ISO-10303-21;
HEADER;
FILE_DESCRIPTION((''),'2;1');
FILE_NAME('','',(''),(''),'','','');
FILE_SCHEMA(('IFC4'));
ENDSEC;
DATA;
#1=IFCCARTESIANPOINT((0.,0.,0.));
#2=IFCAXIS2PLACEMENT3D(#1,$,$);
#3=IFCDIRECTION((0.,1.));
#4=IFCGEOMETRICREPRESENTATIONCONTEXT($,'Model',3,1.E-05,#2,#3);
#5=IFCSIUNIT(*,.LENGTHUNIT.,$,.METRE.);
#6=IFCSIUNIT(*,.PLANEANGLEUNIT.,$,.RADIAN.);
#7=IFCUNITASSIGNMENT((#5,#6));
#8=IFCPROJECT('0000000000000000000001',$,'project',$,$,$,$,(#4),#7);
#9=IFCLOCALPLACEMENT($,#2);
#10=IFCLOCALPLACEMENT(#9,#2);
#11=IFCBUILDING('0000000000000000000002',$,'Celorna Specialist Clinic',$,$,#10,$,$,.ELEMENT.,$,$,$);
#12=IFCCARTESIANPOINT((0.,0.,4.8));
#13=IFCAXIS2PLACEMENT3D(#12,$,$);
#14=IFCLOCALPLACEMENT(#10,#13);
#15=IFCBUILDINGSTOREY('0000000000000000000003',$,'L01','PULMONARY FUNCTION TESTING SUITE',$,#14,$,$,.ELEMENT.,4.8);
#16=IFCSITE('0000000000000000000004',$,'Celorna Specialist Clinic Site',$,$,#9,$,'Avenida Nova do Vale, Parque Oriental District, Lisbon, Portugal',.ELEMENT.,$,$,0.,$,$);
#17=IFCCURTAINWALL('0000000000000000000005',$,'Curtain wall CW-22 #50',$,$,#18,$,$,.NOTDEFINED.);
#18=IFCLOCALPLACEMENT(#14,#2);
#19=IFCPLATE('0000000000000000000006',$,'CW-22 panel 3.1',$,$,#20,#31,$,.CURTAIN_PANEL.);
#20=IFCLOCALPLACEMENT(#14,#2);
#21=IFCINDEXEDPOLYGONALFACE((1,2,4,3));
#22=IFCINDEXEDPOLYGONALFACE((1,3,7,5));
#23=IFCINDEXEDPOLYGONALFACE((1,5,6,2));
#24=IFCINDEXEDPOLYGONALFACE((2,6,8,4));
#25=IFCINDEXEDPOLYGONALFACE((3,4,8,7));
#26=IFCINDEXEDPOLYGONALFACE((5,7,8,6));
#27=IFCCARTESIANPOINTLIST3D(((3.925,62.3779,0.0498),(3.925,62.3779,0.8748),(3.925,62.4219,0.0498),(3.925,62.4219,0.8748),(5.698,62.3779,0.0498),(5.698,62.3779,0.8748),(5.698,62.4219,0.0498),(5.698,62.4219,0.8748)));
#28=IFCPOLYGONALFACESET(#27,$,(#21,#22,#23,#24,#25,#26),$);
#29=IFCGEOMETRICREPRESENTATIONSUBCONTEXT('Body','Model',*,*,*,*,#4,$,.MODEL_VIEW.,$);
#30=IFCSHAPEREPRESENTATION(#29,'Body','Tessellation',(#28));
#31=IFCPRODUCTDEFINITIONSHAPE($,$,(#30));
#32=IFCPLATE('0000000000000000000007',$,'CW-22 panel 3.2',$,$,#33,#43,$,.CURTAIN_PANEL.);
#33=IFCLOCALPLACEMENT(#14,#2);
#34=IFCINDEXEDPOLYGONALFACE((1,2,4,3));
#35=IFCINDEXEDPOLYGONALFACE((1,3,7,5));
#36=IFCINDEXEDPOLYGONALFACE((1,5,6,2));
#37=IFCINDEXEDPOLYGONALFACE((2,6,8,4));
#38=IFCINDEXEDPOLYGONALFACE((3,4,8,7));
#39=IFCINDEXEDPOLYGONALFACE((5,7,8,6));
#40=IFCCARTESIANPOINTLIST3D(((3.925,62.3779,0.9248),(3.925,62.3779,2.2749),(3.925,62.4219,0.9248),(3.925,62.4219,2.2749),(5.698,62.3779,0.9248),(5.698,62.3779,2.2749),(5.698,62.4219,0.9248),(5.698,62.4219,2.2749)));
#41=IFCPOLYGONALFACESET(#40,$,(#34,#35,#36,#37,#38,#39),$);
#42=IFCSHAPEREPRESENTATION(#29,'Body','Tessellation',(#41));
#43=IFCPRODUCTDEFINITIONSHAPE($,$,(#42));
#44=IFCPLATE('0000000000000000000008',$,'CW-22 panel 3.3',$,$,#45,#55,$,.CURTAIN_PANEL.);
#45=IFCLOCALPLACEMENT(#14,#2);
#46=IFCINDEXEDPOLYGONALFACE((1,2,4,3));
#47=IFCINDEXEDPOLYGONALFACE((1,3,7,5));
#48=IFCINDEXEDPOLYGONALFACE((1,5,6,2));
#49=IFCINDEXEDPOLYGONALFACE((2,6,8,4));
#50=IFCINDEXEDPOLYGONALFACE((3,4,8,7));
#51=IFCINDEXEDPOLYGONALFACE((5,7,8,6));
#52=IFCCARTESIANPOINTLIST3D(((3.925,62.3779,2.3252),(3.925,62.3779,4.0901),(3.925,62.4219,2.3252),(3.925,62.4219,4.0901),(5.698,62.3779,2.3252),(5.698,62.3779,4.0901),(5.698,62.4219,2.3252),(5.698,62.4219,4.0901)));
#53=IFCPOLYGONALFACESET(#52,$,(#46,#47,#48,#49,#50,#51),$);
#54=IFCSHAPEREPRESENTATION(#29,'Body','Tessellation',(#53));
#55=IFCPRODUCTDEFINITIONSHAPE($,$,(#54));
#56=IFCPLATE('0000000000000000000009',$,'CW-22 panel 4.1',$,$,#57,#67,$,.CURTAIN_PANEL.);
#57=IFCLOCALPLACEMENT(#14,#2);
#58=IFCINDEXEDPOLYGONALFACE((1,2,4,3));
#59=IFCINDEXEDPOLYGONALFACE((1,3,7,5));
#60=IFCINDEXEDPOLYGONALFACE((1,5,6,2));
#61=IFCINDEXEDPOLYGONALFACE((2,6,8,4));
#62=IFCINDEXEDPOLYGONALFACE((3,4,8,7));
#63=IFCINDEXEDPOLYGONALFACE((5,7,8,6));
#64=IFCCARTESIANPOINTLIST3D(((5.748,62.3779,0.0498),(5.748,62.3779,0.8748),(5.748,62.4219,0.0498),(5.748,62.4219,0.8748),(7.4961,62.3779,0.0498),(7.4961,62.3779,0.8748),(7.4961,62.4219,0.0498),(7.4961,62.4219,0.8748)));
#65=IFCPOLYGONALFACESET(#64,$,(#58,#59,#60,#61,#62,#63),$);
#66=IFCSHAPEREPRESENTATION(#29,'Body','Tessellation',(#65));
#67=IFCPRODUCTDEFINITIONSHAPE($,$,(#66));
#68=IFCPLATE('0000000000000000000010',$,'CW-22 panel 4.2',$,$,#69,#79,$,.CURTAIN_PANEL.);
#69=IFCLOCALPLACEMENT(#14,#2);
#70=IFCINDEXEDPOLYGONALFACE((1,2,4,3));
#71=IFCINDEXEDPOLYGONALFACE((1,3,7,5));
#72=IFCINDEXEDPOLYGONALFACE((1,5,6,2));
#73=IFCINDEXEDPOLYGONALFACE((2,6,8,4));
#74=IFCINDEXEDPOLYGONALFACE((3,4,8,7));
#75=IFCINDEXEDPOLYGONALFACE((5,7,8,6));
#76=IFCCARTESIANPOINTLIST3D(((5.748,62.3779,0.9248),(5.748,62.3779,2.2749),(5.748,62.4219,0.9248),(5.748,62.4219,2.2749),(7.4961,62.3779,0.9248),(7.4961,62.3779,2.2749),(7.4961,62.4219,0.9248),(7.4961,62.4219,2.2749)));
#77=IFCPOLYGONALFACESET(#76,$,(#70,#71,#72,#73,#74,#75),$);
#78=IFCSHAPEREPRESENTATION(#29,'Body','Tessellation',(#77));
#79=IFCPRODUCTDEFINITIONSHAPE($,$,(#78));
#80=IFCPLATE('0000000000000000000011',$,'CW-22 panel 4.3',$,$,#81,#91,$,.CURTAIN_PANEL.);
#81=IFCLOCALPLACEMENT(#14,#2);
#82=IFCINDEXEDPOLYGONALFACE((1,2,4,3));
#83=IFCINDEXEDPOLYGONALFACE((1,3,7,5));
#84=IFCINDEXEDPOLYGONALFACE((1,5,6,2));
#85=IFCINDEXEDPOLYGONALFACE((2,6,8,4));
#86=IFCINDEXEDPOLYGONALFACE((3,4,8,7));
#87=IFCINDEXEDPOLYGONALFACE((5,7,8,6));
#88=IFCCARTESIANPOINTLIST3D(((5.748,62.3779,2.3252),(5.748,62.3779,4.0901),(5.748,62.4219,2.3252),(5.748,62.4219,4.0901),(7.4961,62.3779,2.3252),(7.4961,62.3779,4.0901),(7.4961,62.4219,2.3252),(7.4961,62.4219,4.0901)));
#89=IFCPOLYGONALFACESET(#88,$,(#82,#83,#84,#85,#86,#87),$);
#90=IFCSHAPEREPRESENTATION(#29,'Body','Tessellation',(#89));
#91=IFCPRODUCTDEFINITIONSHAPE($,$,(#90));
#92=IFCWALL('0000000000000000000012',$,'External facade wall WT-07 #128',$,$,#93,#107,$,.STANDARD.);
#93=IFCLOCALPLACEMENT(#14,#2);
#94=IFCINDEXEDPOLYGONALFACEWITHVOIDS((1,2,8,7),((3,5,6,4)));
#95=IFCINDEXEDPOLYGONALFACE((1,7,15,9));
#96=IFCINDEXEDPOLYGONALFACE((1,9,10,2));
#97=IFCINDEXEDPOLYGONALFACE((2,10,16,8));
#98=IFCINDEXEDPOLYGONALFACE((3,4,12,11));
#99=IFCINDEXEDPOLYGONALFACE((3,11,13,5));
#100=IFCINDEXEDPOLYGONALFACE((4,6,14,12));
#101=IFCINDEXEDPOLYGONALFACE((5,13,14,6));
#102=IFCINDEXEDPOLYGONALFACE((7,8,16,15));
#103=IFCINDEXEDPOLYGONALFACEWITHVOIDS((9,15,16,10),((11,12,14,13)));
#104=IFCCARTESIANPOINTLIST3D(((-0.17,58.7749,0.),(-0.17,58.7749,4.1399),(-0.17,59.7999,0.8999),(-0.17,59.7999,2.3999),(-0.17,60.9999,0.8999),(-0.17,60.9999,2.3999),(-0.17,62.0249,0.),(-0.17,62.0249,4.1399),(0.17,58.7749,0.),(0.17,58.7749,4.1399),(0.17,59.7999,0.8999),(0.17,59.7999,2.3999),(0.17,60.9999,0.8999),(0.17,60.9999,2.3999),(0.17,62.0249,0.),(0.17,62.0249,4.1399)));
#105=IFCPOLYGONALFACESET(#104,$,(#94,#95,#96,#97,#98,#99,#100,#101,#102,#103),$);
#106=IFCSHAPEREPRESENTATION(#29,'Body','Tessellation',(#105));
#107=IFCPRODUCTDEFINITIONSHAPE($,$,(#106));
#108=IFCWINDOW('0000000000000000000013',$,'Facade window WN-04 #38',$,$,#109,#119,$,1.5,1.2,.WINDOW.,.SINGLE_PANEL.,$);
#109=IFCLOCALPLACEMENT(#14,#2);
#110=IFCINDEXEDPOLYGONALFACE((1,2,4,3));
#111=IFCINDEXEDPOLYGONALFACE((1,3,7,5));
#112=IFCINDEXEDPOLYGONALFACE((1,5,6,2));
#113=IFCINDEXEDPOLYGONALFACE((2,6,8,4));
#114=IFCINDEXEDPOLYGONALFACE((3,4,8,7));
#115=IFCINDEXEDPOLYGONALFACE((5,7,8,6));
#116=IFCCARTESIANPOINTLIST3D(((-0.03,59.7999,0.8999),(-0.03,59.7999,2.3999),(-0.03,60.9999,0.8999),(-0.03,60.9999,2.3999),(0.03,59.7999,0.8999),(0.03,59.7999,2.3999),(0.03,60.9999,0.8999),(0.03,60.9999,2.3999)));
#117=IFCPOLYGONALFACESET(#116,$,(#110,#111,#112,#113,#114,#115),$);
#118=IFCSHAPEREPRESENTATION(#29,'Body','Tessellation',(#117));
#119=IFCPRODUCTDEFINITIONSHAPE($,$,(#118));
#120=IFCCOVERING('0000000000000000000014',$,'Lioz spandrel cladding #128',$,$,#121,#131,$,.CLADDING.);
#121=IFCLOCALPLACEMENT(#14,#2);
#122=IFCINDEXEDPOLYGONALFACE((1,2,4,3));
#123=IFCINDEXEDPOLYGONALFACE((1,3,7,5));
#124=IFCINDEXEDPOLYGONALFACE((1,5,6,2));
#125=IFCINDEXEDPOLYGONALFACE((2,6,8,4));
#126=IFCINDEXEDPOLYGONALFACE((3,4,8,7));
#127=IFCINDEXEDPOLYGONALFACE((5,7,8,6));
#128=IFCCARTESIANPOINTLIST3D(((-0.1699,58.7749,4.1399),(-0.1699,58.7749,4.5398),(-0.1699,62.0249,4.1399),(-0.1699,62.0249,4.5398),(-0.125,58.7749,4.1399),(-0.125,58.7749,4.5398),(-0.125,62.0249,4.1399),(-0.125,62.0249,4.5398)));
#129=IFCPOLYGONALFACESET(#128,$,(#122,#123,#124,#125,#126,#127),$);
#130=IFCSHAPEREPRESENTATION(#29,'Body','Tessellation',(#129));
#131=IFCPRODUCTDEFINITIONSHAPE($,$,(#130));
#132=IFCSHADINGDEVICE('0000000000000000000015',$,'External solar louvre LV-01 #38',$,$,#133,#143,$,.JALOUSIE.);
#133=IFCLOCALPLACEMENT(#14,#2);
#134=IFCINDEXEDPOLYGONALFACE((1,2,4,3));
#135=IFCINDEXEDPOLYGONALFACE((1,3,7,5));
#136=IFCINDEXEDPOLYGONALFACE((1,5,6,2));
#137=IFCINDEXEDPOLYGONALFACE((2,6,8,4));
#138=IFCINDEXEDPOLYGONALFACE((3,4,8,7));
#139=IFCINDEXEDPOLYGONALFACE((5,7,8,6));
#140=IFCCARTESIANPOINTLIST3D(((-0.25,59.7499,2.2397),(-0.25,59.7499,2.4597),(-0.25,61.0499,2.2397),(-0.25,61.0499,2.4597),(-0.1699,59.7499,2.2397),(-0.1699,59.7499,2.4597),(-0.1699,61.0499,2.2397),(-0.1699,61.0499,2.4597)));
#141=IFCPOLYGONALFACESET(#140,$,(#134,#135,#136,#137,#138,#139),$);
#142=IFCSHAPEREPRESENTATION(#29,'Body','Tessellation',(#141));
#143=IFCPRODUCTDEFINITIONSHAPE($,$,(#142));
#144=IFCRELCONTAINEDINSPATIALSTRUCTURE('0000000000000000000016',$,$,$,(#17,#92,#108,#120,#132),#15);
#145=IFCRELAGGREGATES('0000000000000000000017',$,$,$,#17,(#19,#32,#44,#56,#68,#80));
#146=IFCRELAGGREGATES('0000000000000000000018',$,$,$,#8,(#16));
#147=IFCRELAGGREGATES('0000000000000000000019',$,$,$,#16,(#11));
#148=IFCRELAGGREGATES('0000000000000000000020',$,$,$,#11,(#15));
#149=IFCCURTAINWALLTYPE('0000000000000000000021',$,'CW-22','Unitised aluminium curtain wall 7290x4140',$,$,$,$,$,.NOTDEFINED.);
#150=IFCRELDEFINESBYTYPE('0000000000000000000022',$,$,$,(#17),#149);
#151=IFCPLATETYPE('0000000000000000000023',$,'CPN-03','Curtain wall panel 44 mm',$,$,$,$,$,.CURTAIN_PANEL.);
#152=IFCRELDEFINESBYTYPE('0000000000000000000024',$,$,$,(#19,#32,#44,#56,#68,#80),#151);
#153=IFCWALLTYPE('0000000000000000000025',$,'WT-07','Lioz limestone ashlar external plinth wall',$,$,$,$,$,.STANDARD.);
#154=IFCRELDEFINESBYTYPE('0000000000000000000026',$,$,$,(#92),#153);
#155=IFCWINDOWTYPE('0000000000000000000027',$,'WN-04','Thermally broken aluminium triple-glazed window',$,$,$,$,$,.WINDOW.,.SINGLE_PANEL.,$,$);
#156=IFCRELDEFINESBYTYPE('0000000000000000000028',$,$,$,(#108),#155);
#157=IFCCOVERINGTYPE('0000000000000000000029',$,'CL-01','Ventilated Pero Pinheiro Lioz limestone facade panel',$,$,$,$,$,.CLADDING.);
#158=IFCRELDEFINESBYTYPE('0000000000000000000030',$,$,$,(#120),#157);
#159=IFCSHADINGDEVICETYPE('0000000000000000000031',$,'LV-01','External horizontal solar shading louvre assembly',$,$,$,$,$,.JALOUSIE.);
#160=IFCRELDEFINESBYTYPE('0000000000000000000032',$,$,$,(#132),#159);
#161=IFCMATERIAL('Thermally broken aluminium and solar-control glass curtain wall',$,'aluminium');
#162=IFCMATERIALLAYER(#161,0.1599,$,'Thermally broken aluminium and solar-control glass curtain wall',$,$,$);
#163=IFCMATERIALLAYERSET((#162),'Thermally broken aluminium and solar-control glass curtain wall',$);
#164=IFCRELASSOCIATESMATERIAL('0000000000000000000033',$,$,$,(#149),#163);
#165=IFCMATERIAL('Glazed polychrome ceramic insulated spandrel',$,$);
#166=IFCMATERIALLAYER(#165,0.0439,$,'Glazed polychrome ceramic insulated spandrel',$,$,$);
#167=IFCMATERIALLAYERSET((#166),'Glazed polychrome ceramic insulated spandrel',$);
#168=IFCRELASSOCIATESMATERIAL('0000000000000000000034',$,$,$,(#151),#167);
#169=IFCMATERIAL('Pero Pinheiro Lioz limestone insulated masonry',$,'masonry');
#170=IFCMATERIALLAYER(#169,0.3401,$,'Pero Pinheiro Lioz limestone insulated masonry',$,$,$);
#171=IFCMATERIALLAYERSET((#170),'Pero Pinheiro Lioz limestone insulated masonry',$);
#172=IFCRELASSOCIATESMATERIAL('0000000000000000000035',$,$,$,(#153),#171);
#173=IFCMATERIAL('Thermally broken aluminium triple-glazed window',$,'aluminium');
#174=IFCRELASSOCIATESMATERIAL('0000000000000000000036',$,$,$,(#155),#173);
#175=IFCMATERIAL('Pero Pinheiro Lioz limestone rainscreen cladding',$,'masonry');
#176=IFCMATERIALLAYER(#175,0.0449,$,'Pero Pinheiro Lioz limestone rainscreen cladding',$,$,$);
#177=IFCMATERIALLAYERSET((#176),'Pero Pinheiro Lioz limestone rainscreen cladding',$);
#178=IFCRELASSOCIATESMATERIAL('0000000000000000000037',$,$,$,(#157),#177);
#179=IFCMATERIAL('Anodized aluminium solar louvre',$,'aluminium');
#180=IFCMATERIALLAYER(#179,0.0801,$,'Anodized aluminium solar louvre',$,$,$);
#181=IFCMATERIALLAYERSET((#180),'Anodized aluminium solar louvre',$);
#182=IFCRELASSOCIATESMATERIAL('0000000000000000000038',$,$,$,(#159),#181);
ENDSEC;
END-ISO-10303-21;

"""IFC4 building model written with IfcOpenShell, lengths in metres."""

from ifc_helpers import new_model, si_unit, direction, frame, frame_2d, origin, origin_2d, place, context, subcontext, project, spatial, rectangle, extrude, material, layer, layer_set, type_object, element, fill, aggregate, save


model = new_model("IFC4")

# Units and contexts
model_context = context("Model", 3, precision=1e-05, world=origin(), true_north=direction((0.0, 1.0)))
body_context = subcontext(model_context, "Body", "Model", "MODEL_VIEW")
ifc_project = project(units=[si_unit("LENGTHUNIT", "METRE"), si_unit("PLANEANGLEUNIT", "RADIAN")], contexts=[model_context])

# Site, building, storey
site_placement = place(None, origin())
site = spatial("IfcSite", under=ifc_project, at=site_placement, Name="Celorna Specialist Clinic Site", LongName="Avenida Nova do Vale, Parque Oriental District, Lisbon, Portugal", CompositionType="ELEMENT", RefElevation=0.0)
building_placement = place(site_placement, origin())
building = spatial("IfcBuilding", under=site, at=building_placement, Name="Celorna Specialist Clinic", CompositionType="ELEMENT")
storey_placement = place(building_placement, frame((0.0, 0.0, 4.8)))
storey = spatial("IfcBuildingStorey", under=building, at=storey_placement, Name="L01", Description="PULMONARY FUNCTION TESTING SUITE", CompositionType="ELEMENT", Elevation=4.8)

# Curtain wall, plates
ifc_material_1 = material(Name="Thermally broken aluminium and solar-control glass curtain wall", Category="aluminium")
ifc_layer_1 = layer(ifc_material_1, 0.1599, Name="Thermally broken aluminium and solar-control glass curtain wall")
ifc_layer_set_1 = layer_set([ifc_layer_1], Name="Thermally broken aluminium and solar-control glass curtain wall")
curtain_wall_type = type_object("IfcCurtainWallType", Name="CW-22", Description="Unitised aluminium curtain wall 7290x4140", PredefinedType="NOTDEFINED", material=ifc_layer_set_1)
curtain_wall_placement = place(storey_placement, origin())
curtain_wall = element("IfcCurtainWall", 1, at=curtain_wall_placement, inside=storey, type_object=curtain_wall_type, Name="Curtain wall CW-22 #50", PredefinedType="NOTDEFINED")
ifc_material_2 = material(Name="Glazed polychrome ceramic insulated spandrel")
ifc_layer_2 = layer(ifc_material_2, 0.0439, Name="Glazed polychrome ceramic insulated spandrel")
ifc_layer_set_2 = layer_set([ifc_layer_2], Name="Glazed polychrome ceramic insulated spandrel")
plate_type = type_object("IfcPlateType", Name="CPN-03", Description="Curtain wall panel 44 mm", PredefinedType="CURTAIN_PANEL", material=ifc_layer_set_2)
plate_1_placement = place(storey_placement, frame((4.8115, 62.3999, 0.0498), z_axis=(0.0, 0.0, 1.0), x_axis=(1.0, 0.0, 0.0)))
plate_1 = element("IfcPlate", 2, at=plate_1_placement, type_object=plate_type, Name="CW-22 panel 3.1", PredefinedType="CURTAIN_PANEL", context=body_context, shape_type="SweptSolid", body=[
    extrude(rectangle(XDim=1.7729, YDim=0.0439, at=origin_2d()), origin(), (0.0, 0.0, 1.0), 0.825),
])
plate_2_placement = place(storey_placement, frame((4.8115, 62.3999, 0.9248), z_axis=(0.0, 0.0, 1.0), x_axis=(1.0, 0.0, 0.0)))
plate_2 = element("IfcPlate", 3, at=plate_2_placement, type_object=plate_type, Name="CW-22 panel 3.2", PredefinedType="CURTAIN_PANEL", context=body_context, shape_type="SweptSolid", body=[
    extrude(rectangle(XDim=1.7729, YDim=0.0439, at=origin_2d()), origin(), (0.0, 0.0, 1.0), 1.3501),
])
plate_3_placement = place(storey_placement, frame((4.8115, 62.3999, 2.3252), z_axis=(0.0, 0.0, 1.0), x_axis=(1.0, 0.0, 0.0)))
plate_3 = element("IfcPlate", 4, at=plate_3_placement, type_object=plate_type, Name="CW-22 panel 3.3", PredefinedType="CURTAIN_PANEL", context=body_context, shape_type="SweptSolid", body=[
    extrude(rectangle(XDim=1.7729, YDim=0.0439, at=origin_2d()), origin(), (0.0, 0.0, 1.0), 1.7649),
])
plate_4_placement = place(storey_placement, frame((6.6221, 62.3999, 0.0498), z_axis=(0.0, 0.0, 1.0), x_axis=(1.0, 0.0, 0.0)))
plate_4 = element("IfcPlate", 5, at=plate_4_placement, type_object=plate_type, Name="CW-22 panel 4.1", PredefinedType="CURTAIN_PANEL", context=body_context, shape_type="SweptSolid", body=[
    extrude(rectangle(XDim=1.748, YDim=0.0439, at=origin_2d()), origin(), (0.0, 0.0, 1.0), 0.825),
])
plate_5_placement = place(storey_placement, frame((6.6221, 62.3999, 0.9248), z_axis=(0.0, 0.0, 1.0), x_axis=(1.0, 0.0, 0.0)))
plate_5 = element("IfcPlate", 6, at=plate_5_placement, type_object=plate_type, Name="CW-22 panel 4.2", PredefinedType="CURTAIN_PANEL", context=body_context, shape_type="SweptSolid", body=[
    extrude(rectangle(XDim=1.748, YDim=0.0439, at=origin_2d()), origin(), (0.0, 0.0, 1.0), 1.3501),
])
plate_6_placement = place(storey_placement, frame((6.6221, 62.3999, 2.3252), z_axis=(0.0, 0.0, 1.0), x_axis=(1.0, 0.0, 0.0)))
plate_6 = element("IfcPlate", 7, at=plate_6_placement, type_object=plate_type, Name="CW-22 panel 4.3", PredefinedType="CURTAIN_PANEL", context=body_context, shape_type="SweptSolid", body=[
    extrude(rectangle(XDim=1.748, YDim=0.0439, at=origin_2d()), origin(), (0.0, 0.0, 1.0), 1.7649),
])
aggregate(curtain_wall, [plate_1, plate_2, plate_3, plate_4, plate_5, plate_6])

# Wall, opening, window
ifc_material_3 = material(Name="Pero Pinheiro Lioz limestone insulated masonry", Category="masonry")
ifc_layer_3 = layer(ifc_material_3, 0.3401, Name="Pero Pinheiro Lioz limestone insulated masonry")
ifc_layer_set_3 = layer_set([ifc_layer_3], Name="Pero Pinheiro Lioz limestone insulated masonry")
wall_type = type_object("IfcWallType", Name="WT-07", Description="Lioz limestone ashlar external plinth wall", PredefinedType="STANDARD", material=ifc_layer_set_3)
wall_placement = place(storey_placement, frame((0.0, 58.7749, 0.0), z_axis=(0.0, 0.0, 1.0), x_axis=(0.0, 1.0, 0.0)))
wall = element("IfcWall", 8, at=wall_placement, inside=storey, type_object=wall_type, Name="External facade wall WT-07 #128", PredefinedType="STANDARD", context=body_context, shape_type="SweptSolid", body=[
    extrude(rectangle(XDim=3.25, YDim=0.3401, at=frame_2d((1.625, 0.0))), origin(), (0.0, 0.0, 1.0), 4.1399),
])
opening_placement = place(wall_placement, frame((1.0249, 0.0, 0.8999)))
opening = element("IfcOpeningElement", 9, at=opening_placement, cuts=wall, PredefinedType="OPENING", context=body_context, shape_type="SweptSolid", body=[
    extrude(rectangle(XDim=1.2, YDim=1.5, at=frame_2d((0.6001, 0.75))), frame((0.0, 0.1799, 0.0), z_axis=(0.0, -1.0, 0.0), x_axis=(1.0, 0.0, 0.0)), (0.0, 0.0, 1.0), 0.3601),
])
ifc_material_4 = material(Name="Thermally broken aluminium triple-glazed window", Category="aluminium")
window_type = type_object("IfcWindowType", Name="WN-04", Description="Thermally broken aluminium triple-glazed window", PartitioningType="SINGLE_PANEL", PredefinedType="WINDOW", material=ifc_material_4)
window_placement = place(opening_placement, origin())
window = element("IfcWindow", 10, at=window_placement, inside=storey, type_object=window_type, Name="Facade window WN-04 #38", OverallHeight=1.5, OverallWidth=1.2, PartitioningType="SINGLE_PANEL", PredefinedType="WINDOW", context=body_context, shape_type="SweptSolid", body=[
    extrude(rectangle(XDim=1.2, YDim=1.5, at=frame_2d((0.6001, 0.75))), frame((0.0, 0.03, 0.0), z_axis=(0.0, -1.0, 0.0), x_axis=(1.0, 0.0, 0.0)), (0.0, 0.0, 1.0), 0.0601),
])
fill(opening, window)

# Covering
ifc_material_5 = material(Name="Pero Pinheiro Lioz limestone rainscreen cladding", Category="masonry")
ifc_layer_4 = layer(ifc_material_5, 0.0449, Name="Pero Pinheiro Lioz limestone rainscreen cladding")
ifc_layer_set_4 = layer_set([ifc_layer_4], Name="Pero Pinheiro Lioz limestone rainscreen cladding")
covering_type = type_object("IfcCoveringType", Name="CL-01", Description="Ventilated Pero Pinheiro Lioz limestone facade panel", PredefinedType="CLADDING", material=ifc_layer_set_4)
covering_placement = place(storey_placement, frame((-0.1475, 60.3999, 4.1399), z_axis=(0.0, 0.0, 1.0), x_axis=(0.0, 1.0, 0.0)))
element("IfcCovering", 11, at=covering_placement, inside=storey, type_object=covering_type, Name="Lioz spandrel cladding #128", PredefinedType="CLADDING", context=body_context, shape_type="SweptSolid", body=[
    extrude(rectangle(XDim=3.25, YDim=0.0449, at=origin_2d()), origin(), (0.0, 0.0, 1.0), 0.3999),
])

# Shading device
ifc_material_6 = material(Name="Anodized aluminium solar louvre", Category="aluminium")
ifc_layer_5 = layer(ifc_material_6, 0.0801, Name="Anodized aluminium solar louvre")
ifc_layer_set_5 = layer_set([ifc_layer_5], Name="Anodized aluminium solar louvre")
shading_device_type = type_object("IfcShadingDeviceType", Name="LV-01", Description="External horizontal solar shading louvre assembly", PredefinedType="JALOUSIE", material=ifc_layer_set_5)
shading_device_placement = place(storey_placement, frame((-0.21, 60.3999, 2.2397), z_axis=(0.0, 0.0, 1.0), x_axis=(0.0, 1.0, 0.0)))
element("IfcShadingDevice", 12, at=shading_device_placement, inside=storey, type_object=shading_device_type, Name="External solar louvre LV-01 #38", PredefinedType="JALOUSIE", context=body_context, shape_type="SweptSolid", body=[
    extrude(rectangle(XDim=1.3, YDim=0.0801, at=origin_2d()), origin(), (0.0, 0.0, 1.0), 0.22),
])

save(model, "model.ifc")
